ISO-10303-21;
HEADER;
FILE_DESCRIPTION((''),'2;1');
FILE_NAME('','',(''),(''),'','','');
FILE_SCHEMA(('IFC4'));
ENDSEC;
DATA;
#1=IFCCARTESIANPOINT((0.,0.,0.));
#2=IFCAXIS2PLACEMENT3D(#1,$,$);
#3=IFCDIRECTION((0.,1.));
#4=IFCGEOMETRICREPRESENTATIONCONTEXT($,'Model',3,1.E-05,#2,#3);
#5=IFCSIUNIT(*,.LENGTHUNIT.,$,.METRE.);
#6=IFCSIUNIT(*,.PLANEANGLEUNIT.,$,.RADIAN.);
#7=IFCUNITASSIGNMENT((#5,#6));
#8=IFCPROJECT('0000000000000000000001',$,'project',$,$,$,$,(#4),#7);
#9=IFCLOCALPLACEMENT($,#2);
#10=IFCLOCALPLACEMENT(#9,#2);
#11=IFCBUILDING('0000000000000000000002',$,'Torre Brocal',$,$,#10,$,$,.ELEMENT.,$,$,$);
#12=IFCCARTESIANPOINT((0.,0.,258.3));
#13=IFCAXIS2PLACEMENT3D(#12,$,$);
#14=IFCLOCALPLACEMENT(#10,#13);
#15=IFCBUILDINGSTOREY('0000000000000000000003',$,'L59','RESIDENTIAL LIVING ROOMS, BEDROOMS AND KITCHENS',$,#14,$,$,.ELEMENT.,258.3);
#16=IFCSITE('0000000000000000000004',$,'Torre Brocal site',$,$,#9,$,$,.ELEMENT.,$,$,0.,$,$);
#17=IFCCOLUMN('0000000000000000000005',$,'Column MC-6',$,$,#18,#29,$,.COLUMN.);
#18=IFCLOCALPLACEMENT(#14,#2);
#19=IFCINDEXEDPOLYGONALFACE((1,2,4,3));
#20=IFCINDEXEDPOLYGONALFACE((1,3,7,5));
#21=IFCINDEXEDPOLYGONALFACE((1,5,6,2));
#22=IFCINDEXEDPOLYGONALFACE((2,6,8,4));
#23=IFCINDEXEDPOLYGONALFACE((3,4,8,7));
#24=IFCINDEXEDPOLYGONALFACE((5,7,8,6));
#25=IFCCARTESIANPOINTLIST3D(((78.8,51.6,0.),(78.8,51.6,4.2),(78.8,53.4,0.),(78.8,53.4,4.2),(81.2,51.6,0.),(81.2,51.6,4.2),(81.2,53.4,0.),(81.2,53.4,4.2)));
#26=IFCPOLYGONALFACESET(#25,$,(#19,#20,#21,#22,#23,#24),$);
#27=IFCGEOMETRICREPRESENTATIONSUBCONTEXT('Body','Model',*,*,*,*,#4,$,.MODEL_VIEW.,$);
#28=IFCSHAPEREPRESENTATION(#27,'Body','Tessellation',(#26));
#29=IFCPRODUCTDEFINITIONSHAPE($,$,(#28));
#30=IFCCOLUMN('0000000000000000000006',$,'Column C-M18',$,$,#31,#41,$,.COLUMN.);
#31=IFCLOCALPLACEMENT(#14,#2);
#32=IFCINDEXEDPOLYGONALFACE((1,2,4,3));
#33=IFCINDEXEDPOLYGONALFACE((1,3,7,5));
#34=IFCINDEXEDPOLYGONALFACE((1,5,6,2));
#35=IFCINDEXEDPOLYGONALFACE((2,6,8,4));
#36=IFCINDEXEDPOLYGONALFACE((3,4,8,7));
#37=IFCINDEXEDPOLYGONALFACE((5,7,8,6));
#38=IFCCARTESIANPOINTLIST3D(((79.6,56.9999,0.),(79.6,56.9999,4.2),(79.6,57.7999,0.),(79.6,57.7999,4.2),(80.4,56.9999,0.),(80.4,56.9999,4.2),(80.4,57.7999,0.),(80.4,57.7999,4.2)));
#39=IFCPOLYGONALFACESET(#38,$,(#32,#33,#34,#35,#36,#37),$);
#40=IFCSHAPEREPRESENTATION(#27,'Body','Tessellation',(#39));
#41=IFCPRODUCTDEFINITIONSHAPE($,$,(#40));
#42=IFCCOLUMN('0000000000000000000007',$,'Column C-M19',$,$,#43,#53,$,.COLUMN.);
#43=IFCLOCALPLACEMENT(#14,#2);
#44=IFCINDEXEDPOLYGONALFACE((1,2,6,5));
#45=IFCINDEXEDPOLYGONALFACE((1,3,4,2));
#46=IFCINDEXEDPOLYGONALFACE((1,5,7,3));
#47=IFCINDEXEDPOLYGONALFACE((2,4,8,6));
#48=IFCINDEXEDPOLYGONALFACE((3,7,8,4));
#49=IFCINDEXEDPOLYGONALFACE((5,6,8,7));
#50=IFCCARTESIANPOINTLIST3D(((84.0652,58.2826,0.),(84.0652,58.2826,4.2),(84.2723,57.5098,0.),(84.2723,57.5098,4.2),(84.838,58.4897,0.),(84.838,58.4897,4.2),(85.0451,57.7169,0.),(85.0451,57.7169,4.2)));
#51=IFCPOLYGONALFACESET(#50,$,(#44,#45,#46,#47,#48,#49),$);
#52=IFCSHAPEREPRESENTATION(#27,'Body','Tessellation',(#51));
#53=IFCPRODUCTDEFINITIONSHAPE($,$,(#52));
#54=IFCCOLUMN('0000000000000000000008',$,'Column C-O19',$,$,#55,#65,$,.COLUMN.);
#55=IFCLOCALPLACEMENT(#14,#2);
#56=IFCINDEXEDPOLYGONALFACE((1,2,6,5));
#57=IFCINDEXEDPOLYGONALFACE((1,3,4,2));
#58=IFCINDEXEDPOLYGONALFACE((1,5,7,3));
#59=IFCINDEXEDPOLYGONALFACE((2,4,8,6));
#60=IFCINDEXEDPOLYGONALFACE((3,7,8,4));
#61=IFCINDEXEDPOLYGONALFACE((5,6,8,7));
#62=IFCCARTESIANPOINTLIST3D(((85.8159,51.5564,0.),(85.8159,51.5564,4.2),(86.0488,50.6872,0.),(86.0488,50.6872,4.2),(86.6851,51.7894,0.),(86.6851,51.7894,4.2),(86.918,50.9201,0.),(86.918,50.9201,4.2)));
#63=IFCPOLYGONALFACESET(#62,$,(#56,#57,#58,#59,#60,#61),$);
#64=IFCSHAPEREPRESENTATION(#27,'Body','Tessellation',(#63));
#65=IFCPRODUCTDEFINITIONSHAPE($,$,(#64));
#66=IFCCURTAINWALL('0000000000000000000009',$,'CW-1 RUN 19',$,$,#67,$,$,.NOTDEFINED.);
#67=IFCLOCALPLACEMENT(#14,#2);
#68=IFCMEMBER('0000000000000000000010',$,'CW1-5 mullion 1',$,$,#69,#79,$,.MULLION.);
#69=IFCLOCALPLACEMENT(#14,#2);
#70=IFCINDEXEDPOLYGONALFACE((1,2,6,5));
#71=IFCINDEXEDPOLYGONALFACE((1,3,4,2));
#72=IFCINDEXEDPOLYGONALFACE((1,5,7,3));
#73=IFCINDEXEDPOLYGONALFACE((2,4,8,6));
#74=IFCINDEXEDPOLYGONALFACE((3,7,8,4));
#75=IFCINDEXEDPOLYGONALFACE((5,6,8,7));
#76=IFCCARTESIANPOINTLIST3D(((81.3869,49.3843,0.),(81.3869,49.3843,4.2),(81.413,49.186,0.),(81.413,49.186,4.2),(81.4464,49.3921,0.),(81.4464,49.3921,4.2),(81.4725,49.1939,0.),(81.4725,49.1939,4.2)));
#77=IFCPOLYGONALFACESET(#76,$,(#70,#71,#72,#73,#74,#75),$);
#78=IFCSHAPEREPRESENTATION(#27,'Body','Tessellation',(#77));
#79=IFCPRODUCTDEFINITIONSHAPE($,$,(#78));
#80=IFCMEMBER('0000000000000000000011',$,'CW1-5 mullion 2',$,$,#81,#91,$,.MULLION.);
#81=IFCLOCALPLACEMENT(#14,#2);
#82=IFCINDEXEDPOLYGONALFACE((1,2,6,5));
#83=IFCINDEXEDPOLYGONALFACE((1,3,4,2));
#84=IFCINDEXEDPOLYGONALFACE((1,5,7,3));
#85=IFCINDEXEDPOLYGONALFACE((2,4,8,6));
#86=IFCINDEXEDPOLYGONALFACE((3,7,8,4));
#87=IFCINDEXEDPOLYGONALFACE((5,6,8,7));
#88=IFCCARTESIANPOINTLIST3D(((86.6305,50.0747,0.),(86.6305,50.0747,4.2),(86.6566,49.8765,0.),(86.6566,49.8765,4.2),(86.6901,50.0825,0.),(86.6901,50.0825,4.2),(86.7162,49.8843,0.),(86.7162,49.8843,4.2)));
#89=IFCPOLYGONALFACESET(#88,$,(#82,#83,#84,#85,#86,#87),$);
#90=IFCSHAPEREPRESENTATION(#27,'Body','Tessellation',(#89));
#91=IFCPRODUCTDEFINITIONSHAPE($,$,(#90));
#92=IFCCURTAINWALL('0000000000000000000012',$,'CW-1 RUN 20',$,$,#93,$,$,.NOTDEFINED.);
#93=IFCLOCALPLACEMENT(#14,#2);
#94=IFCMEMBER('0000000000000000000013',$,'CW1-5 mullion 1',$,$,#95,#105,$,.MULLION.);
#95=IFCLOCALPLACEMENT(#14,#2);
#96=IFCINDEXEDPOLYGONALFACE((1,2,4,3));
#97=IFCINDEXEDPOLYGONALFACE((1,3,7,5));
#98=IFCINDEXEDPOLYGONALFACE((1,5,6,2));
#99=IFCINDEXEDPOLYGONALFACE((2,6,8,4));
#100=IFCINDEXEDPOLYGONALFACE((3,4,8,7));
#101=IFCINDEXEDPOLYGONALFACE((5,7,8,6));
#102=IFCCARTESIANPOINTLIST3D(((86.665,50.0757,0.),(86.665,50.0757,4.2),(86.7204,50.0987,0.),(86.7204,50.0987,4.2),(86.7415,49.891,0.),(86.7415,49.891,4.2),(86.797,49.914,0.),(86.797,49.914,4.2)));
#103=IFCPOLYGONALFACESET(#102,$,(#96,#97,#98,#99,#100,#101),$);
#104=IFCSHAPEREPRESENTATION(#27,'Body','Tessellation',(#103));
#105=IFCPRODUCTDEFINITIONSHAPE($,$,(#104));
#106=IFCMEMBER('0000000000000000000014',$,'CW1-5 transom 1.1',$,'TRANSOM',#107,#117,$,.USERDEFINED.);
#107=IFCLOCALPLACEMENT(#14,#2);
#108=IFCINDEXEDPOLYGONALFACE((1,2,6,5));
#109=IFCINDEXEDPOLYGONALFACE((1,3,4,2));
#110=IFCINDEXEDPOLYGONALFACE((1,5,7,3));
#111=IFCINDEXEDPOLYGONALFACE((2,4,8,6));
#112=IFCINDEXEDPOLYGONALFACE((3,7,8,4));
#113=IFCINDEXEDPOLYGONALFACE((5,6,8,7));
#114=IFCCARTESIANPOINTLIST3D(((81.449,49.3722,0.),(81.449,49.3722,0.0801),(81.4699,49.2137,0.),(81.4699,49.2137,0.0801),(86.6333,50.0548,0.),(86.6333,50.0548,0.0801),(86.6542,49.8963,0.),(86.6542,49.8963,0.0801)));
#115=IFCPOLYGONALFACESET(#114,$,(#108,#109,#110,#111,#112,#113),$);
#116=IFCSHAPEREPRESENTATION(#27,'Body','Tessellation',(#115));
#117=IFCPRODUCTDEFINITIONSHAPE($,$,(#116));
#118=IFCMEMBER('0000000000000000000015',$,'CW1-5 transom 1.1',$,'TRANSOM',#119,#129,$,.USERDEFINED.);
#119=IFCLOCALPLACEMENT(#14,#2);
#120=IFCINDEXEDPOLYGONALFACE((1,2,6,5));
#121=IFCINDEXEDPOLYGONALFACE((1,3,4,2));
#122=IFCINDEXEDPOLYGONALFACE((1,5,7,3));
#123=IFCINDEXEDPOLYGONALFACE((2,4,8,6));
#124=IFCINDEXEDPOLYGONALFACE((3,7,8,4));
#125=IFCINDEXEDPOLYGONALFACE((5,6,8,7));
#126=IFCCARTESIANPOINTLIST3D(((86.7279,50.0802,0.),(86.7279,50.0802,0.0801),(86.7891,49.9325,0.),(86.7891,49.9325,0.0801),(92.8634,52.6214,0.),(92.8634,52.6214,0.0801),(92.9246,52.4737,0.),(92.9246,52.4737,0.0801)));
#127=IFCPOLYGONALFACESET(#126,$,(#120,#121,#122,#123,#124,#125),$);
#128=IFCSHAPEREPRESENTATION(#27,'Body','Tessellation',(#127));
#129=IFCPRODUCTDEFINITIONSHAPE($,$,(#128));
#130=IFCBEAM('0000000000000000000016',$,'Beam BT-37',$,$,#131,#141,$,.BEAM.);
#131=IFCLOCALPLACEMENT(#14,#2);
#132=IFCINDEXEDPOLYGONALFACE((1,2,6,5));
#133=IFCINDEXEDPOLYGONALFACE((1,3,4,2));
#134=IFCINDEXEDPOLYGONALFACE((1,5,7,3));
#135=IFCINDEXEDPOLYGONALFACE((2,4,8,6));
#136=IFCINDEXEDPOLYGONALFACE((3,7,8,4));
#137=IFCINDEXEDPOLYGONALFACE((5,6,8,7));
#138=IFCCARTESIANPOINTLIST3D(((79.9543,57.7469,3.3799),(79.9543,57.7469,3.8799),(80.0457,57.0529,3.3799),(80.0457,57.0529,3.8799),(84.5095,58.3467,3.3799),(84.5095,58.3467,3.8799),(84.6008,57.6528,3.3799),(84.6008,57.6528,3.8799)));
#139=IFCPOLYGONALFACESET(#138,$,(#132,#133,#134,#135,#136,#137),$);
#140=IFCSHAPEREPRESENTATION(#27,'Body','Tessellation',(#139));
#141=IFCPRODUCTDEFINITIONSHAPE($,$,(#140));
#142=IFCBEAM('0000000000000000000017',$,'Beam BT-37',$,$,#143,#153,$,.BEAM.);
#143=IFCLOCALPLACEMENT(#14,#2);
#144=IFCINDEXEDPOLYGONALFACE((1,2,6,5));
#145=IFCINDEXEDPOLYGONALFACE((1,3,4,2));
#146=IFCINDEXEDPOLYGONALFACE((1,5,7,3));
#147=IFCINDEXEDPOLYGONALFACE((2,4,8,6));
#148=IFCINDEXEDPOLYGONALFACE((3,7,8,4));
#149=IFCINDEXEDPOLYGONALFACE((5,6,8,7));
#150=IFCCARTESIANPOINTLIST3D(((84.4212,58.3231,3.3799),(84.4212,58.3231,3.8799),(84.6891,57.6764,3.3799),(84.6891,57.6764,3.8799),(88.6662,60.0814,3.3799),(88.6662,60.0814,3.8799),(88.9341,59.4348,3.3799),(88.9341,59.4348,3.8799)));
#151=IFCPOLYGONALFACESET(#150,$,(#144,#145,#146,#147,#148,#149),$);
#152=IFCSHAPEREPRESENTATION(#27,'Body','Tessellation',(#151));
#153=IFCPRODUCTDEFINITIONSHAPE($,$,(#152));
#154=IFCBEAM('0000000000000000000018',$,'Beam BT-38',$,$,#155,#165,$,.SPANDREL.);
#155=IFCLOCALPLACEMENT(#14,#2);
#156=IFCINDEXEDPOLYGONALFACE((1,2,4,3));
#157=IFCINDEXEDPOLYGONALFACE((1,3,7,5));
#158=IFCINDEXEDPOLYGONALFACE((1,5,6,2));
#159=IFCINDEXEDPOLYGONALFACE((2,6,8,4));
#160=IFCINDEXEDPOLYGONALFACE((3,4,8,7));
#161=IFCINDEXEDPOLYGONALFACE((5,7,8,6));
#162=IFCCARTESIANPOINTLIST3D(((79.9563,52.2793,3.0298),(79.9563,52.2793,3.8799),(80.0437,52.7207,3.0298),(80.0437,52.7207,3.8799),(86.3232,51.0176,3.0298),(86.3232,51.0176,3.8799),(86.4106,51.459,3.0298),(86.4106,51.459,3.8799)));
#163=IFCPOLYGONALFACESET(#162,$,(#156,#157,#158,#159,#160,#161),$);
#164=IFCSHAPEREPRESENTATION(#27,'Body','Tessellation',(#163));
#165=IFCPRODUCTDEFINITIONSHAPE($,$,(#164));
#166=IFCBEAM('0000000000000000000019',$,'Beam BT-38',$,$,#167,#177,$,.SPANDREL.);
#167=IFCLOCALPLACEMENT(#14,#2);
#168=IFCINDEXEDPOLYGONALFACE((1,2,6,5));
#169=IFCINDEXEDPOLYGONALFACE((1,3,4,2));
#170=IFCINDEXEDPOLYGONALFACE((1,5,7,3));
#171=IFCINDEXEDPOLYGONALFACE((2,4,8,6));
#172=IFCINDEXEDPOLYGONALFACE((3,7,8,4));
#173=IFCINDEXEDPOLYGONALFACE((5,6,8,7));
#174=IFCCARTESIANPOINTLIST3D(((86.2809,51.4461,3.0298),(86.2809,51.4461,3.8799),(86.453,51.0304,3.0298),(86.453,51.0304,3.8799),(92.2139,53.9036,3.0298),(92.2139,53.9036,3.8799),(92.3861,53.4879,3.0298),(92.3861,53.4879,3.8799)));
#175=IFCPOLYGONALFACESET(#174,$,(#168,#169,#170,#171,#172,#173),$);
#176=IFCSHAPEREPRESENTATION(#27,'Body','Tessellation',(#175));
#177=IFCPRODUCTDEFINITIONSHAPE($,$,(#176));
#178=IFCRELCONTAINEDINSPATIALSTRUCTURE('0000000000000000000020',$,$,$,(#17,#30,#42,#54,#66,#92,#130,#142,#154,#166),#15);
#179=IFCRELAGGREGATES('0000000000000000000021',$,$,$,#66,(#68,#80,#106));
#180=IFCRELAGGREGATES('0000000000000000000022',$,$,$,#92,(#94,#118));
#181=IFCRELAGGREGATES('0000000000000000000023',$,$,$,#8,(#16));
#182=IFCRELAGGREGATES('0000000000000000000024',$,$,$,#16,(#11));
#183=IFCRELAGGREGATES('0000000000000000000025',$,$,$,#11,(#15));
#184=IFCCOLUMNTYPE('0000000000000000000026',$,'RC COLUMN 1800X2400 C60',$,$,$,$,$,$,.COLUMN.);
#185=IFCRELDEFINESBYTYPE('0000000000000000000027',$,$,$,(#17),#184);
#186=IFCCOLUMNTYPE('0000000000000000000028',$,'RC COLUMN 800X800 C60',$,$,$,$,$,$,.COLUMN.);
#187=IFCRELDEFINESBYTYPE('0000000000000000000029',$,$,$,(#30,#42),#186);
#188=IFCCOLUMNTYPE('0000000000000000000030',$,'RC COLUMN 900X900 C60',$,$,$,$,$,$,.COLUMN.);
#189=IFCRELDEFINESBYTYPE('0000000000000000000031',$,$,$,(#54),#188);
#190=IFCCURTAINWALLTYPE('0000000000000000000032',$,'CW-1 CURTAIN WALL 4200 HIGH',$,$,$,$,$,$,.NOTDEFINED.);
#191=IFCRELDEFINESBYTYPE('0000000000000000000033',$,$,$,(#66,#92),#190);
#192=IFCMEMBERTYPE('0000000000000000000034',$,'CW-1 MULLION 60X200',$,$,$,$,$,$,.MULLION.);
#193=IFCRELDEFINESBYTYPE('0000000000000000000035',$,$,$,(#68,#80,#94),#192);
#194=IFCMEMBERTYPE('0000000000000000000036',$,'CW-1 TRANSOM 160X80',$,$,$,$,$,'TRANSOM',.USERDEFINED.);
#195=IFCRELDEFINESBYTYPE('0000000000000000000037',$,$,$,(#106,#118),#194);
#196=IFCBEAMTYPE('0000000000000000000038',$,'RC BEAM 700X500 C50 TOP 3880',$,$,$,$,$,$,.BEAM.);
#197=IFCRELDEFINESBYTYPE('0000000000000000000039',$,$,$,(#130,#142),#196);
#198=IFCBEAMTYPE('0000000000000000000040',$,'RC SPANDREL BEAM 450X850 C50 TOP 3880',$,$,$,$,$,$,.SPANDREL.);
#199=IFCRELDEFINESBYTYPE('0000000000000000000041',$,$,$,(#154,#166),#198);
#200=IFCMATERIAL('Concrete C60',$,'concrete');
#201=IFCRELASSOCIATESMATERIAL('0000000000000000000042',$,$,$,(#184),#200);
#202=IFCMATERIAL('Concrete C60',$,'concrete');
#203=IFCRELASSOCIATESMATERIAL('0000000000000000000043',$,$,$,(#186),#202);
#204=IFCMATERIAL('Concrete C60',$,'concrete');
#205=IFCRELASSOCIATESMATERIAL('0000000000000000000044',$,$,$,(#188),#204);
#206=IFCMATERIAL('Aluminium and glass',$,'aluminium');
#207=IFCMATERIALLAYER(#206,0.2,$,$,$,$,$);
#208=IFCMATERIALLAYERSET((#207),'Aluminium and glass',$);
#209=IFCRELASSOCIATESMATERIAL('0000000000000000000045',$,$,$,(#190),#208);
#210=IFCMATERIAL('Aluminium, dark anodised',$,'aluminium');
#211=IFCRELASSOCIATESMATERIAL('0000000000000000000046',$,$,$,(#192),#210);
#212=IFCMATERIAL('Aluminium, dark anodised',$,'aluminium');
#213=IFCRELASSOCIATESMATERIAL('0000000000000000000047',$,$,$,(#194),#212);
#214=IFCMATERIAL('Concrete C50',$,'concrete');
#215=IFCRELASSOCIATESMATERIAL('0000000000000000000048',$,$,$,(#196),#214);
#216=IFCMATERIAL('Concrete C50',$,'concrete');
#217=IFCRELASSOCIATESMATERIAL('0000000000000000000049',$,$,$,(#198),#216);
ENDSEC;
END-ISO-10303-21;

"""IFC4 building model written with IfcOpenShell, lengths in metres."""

from ifc_helpers import new_model, si_unit, direction, frame, origin, origin_2d, place, context, subcontext, project, spatial, rectangle, extrude, material, layer, layer_set, material_profile, profile_set, type_object, element, aggregate, save


model = new_model("IFC4")

# Units and contexts
model_context = context("Model", 3, precision=1e-05, world=origin(), true_north=direction((0.0, 1.0)))
body_context = subcontext(model_context, "Body", "Model", "MODEL_VIEW")
ifc_project = project(units=[si_unit("LENGTHUNIT", "METRE"), si_unit("PLANEANGLEUNIT", "RADIAN")], contexts=[model_context])

# Site, building, storey
site_placement = place(None, origin())
site = spatial("IfcSite", under=ifc_project, at=site_placement, Name="Torre Brocal site", CompositionType="ELEMENT", RefElevation=0.0)
building_placement = place(site_placement, origin())
building = spatial("IfcBuilding", under=site, at=building_placement, Name="Torre Brocal", CompositionType="ELEMENT")
storey_placement = place(building_placement, frame((0.0, 0.0, 258.3)))
storey = spatial("IfcBuildingStorey", under=building, at=storey_placement, Name="L59", Description="RESIDENTIAL LIVING ROOMS, BEDROOMS AND KITCHENS", CompositionType="ELEMENT", Elevation=258.3)

# Columns
ifc_material_1 = material(Name="Concrete C60", Category="concrete")
ifc_material_profile_1 = material_profile(ifc_material_1, rectangle(XDim=1.8, YDim=2.3999, at=origin_2d()), Name="RC 1800X2400")
ifc_profile_set_1 = profile_set([ifc_material_profile_1], Name="Concrete C60")
column_type_1 = type_object("IfcColumnType", Name="RC COLUMN 1800X2400 C60", PredefinedType="COLUMN", material=ifc_profile_set_1)
column_1_placement = place(storey_placement, frame((80.0, 52.5, 0.0), z_axis=(0.0, 0.0, 1.0), x_axis=(0.0, -1.0, 0.0)))
element("IfcColumn", 1, at=column_1_placement, inside=storey, type_object=column_type_1, Name="Column MC-6", PredefinedType="COLUMN", context=body_context, shape_type="SweptSolid", body=[
    extrude(rectangle(XDim=1.8, YDim=2.3999, at=origin_2d()), origin(), (0.0, 0.0, 1.0), 4.2),
])
ifc_material_2 = material(Name="Concrete C60", Category="concrete")
ifc_material_profile_2 = material_profile(ifc_material_2, rectangle(XDim=0.8, YDim=0.8, at=origin_2d()), Name="RC 800X800")
ifc_profile_set_2 = profile_set([ifc_material_profile_2], Name="Concrete C60")
column_type_2 = type_object("IfcColumnType", Name="RC COLUMN 800X800 C60", PredefinedType="COLUMN", material=ifc_profile_set_2)
for number, where, z_axis, x_axis, name in (
    (2, (80.0, 57.3999, 0.0), (0.0, 0.0, 1.0), (0.0, -1.0, 0.0), "Column C-M18"),
    (3, (84.5552, 57.9998, 0.0), (0.0, 0.0, 1.0), (0.258819, -0.965926, 0.0), "Column C-M19"),
):
    element("IfcColumn", number, at=place(storey_placement, frame(where, z_axis=z_axis, x_axis=x_axis)), inside=storey, type_object=column_type_2, Name=name, PredefinedType="COLUMN", context=body_context, shape_type="SweptSolid", body=[
        extrude(rectangle(XDim=0.8, YDim=0.8, at=origin_2d()), origin(), (0.0, 0.0, 1.0), 4.2),
    ])
ifc_material_3 = material(Name="Concrete C60", Category="concrete")
ifc_material_profile_3 = material_profile(ifc_material_3, rectangle(XDim=0.8999, YDim=0.8999, at=origin_2d()), Name="RC 900X900")
ifc_profile_set_3 = profile_set([ifc_material_profile_3], Name="Concrete C60")
column_type_3 = type_object("IfcColumnType", Name="RC COLUMN 900X900 C60", PredefinedType="COLUMN", material=ifc_profile_set_3)
column_2_placement = place(storey_placement, frame((86.3669, 51.2383, 0.0), z_axis=(0.0, 0.0, 1.0), x_axis=(0.258819, -0.965926, 0.0)))
element("IfcColumn", 4, at=column_2_placement, inside=storey, type_object=column_type_3, Name="Column C-O19", PredefinedType="COLUMN", context=body_context, shape_type="SweptSolid", body=[
    extrude(rectangle(XDim=0.8999, YDim=0.8999, at=origin_2d()), origin(), (0.0, 0.0, 1.0), 4.2),
])

# Curtain wall, members
ifc_material_4 = material(Name="Aluminium and glass", Category="aluminium")
ifc_layer_1 = layer(ifc_material_4, 0.2)
ifc_layer_set_1 = layer_set([ifc_layer_1], Name="Aluminium and glass")
curtain_wall_type = type_object("IfcCurtainWallType", Name="CW-1 CURTAIN WALL 4200 HIGH", PredefinedType="NOTDEFINED", material=ifc_layer_set_1)
curtain_wall_1_placement = place(storey_placement, origin())
curtain_wall_1 = element("IfcCurtainWall", 5, at=curtain_wall_1_placement, inside=storey, type_object=curtain_wall_type, Name="CW-1 RUN 19", PredefinedType="NOTDEFINED")
ifc_material_5 = material(Name="Aluminium, dark anodised", Category="aluminium")
ifc_material_profile_4 = material_profile(ifc_material_5, rectangle(XDim=0.2, YDim=0.0601, at=origin_2d()), Name="CW-1 MULLION 60X200")
ifc_profile_set_4 = profile_set([ifc_material_profile_4], Name="Aluminium, dark anodised")
member_type_1 = type_object("IfcMemberType", Name="CW-1 MULLION 60X200", PredefinedType="MULLION", material=ifc_profile_set_4)
member_1_placement = place(storey_placement, frame((81.4297, 49.2891, 0.0), z_axis=(0.0, 0.0, 1.0), x_axis=(-0.130526, 0.991445, 0.0)))
member_1 = element("IfcMember", 6, at=member_1_placement, type_object=member_type_1, Name="CW1-5 mullion 1", PredefinedType="MULLION", context=body_context, shape_type="SweptSolid", body=[
    extrude(rectangle(XDim=0.2, YDim=0.0601, at=origin_2d()), origin(), (0.0, 0.0, 1.0), 4.2),
])
member_2_placement = place(storey_placement, frame((86.6733, 49.9795, 0.0), z_axis=(0.0, 0.0, 1.0), x_axis=(-0.130526, 0.991445, 0.0)))
member_2 = element("IfcMember", 7, at=member_2_placement, type_object=member_type_1, Name="CW1-5 mullion 2", PredefinedType="MULLION", context=body_context, shape_type="SweptSolid", body=[
    extrude(rectangle(XDim=0.2, YDim=0.0601, at=origin_2d()), origin(), (0.0, 0.0, 1.0), 4.2),
])

# Curtain wall, member
curtain_wall_2_placement = place(storey_placement, origin())
curtain_wall_2 = element("IfcCurtainWall", 8, at=curtain_wall_2_placement, inside=storey, type_object=curtain_wall_type, Name="CW-1 RUN 20", PredefinedType="NOTDEFINED")
member_3_placement = place(storey_placement, frame((86.731, 49.9949, 0.0), z_axis=(0.0, 0.0, 1.0), x_axis=(-0.382683, 0.92388, 0.0)))
member_3 = element("IfcMember", 9, at=member_3_placement, type_object=member_type_1, Name="CW1-5 mullion 1", PredefinedType="MULLION", context=body_context, shape_type="SweptSolid", body=[
    extrude(rectangle(XDim=0.2, YDim=0.0601, at=origin_2d()), origin(), (0.0, 0.0, 1.0), 4.2),
])

# Members
ifc_material_6 = material(Name="Aluminium, dark anodised", Category="aluminium")
ifc_material_profile_5 = material_profile(ifc_material_6, rectangle(XDim=0.1599, YDim=0.0801, at=origin_2d()), Name="CW-1 TRANSOM 160X80")
ifc_profile_set_5 = profile_set([ifc_material_profile_5], Name="Aluminium, dark anodised")
member_type_2 = type_object("IfcMemberType", Name="CW-1 TRANSOM 160X80", ElementType="TRANSOM", PredefinedType="USERDEFINED", material=ifc_profile_set_5)
member_4_placement = place(storey_placement, frame((81.4595, 49.293, 0.04), z_axis=(0.991443, 0.130543, 0.0), x_axis=(-0.130543, 0.991443, 0.0)))
member_4 = element("IfcMember", 10, at=member_4_placement, type_object=member_type_2, Name="CW1-5 transom 1.1", ObjectType="TRANSOM", PredefinedType="USERDEFINED", context=body_context, shape_type="SweptSolid", body=[
    extrude(rectangle(XDim=0.1599, YDim=0.0801, at=origin_2d()), origin(), (0.0, 0.0, 1.0), 5.229),
])
member_5_placement = place(storey_placement, frame((86.7585, 50.0063, 0.04), z_axis=(0.923887, 0.382665, 0.0), x_axis=(-0.382665, 0.923887, 0.0)))
member_5 = element("IfcMember", 11, at=member_5_placement, type_object=member_type_2, Name="CW1-5 transom 1.1", ObjectType="TRANSOM", PredefinedType="USERDEFINED", context=body_context, shape_type="SweptSolid", body=[
    extrude(rectangle(XDim=0.1599, YDim=0.0801, at=origin_2d()), origin(), (0.0, 0.0, 1.0), 6.6409),
])

# Beams
ifc_material_7 = material(Name="Concrete C50", Category="concrete")
ifc_material_profile_6 = material_profile(ifc_material_7, rectangle(XDim=0.7, YDim=0.5, at=origin_2d()), Name="RC 700X500")
ifc_profile_set_6 = profile_set([ifc_material_profile_6], Name="Concrete C50")
beam_type_1 = type_object("IfcBeamType", Name="RC BEAM 700X500 C50 TOP 3880", PredefinedType="BEAM", material=ifc_profile_set_6)
beam_1_placement = place(storey_placement, frame((80.0, 57.3999, 3.6299), z_axis=(0.991441, 0.130559, 0.0), x_axis=(-0.130559, 0.991441, 0.0)))
element("IfcBeam", 12, at=beam_1_placement, inside=storey, type_object=beam_type_1, Name="Beam BT-37", PredefinedType="BEAM", context=body_context, shape_type="SweptSolid", body=[
    extrude(rectangle(XDim=0.7, YDim=0.5, at=origin_2d()), origin(), (0.0, 0.0, 1.0), 4.5945),
])
beam_2_placement = place(storey_placement, frame((84.5552, 57.9998, 3.6299), z_axis=(0.923878, 0.382687, 0.0), x_axis=(-0.382687, 0.923878, 0.0)))
element("IfcBeam", 13, at=beam_2_placement, inside=storey, type_object=beam_type_1, Name="Beam BT-37", PredefinedType="BEAM", context=body_context, shape_type="SweptSolid", body=[
    extrude(rectangle(XDim=0.7, YDim=0.5, at=origin_2d()), origin(), (0.0, 0.0, 1.0), 4.5947),
])
ifc_material_8 = material(Name="Concrete C50", Category="concrete")
ifc_material_profile_7 = material_profile(ifc_material_8, rectangle(XDim=0.45, YDim=0.8501, at=origin_2d()), Name="RC 450X850")
ifc_profile_set_7 = profile_set([ifc_material_profile_7], Name="Concrete C50")
beam_type_2 = type_object("IfcBeamType", Name="RC SPANDREL BEAM 450X850 C50 TOP 3880", PredefinedType="SPANDREL", material=ifc_profile_set_7)
beam_3_placement = place(storey_placement, frame((80.0, 52.5, 3.4548), z_axis=(0.980925, -0.194387, 0.0), x_axis=(0.194387, 0.980925, 0.0)))
element("IfcBeam", 14, at=beam_3_placement, inside=storey, type_object=beam_type_2, Name="Beam BT-38", PredefinedType="SPANDREL", context=body_context, shape_type="SweptSolid", body=[
    extrude(rectangle(XDim=0.45, YDim=0.8501, at=origin_2d()), origin(), (0.0, 0.0, 1.0), 6.4907),
])
beam_4_placement = place(storey_placement, frame((86.3669, 51.2383, 3.4548), z_axis=(0.923882, 0.382676, 0.0), x_axis=(-0.382676, 0.923882, 0.0)))
element("IfcBeam", 15, at=beam_4_placement, inside=storey, type_object=beam_type_2, Name="Beam BT-38", PredefinedType="SPANDREL", context=body_context, shape_type="SweptSolid", body=[
    extrude(rectangle(XDim=0.45, YDim=0.8501, at=origin_2d()), origin(), (0.0, 0.0, 1.0), 6.4219),
])

aggregate(curtain_wall_1, [member_1, member_2, member_4])
aggregate(curtain_wall_2, [member_3, member_5])

save(model, "model.ifc")
